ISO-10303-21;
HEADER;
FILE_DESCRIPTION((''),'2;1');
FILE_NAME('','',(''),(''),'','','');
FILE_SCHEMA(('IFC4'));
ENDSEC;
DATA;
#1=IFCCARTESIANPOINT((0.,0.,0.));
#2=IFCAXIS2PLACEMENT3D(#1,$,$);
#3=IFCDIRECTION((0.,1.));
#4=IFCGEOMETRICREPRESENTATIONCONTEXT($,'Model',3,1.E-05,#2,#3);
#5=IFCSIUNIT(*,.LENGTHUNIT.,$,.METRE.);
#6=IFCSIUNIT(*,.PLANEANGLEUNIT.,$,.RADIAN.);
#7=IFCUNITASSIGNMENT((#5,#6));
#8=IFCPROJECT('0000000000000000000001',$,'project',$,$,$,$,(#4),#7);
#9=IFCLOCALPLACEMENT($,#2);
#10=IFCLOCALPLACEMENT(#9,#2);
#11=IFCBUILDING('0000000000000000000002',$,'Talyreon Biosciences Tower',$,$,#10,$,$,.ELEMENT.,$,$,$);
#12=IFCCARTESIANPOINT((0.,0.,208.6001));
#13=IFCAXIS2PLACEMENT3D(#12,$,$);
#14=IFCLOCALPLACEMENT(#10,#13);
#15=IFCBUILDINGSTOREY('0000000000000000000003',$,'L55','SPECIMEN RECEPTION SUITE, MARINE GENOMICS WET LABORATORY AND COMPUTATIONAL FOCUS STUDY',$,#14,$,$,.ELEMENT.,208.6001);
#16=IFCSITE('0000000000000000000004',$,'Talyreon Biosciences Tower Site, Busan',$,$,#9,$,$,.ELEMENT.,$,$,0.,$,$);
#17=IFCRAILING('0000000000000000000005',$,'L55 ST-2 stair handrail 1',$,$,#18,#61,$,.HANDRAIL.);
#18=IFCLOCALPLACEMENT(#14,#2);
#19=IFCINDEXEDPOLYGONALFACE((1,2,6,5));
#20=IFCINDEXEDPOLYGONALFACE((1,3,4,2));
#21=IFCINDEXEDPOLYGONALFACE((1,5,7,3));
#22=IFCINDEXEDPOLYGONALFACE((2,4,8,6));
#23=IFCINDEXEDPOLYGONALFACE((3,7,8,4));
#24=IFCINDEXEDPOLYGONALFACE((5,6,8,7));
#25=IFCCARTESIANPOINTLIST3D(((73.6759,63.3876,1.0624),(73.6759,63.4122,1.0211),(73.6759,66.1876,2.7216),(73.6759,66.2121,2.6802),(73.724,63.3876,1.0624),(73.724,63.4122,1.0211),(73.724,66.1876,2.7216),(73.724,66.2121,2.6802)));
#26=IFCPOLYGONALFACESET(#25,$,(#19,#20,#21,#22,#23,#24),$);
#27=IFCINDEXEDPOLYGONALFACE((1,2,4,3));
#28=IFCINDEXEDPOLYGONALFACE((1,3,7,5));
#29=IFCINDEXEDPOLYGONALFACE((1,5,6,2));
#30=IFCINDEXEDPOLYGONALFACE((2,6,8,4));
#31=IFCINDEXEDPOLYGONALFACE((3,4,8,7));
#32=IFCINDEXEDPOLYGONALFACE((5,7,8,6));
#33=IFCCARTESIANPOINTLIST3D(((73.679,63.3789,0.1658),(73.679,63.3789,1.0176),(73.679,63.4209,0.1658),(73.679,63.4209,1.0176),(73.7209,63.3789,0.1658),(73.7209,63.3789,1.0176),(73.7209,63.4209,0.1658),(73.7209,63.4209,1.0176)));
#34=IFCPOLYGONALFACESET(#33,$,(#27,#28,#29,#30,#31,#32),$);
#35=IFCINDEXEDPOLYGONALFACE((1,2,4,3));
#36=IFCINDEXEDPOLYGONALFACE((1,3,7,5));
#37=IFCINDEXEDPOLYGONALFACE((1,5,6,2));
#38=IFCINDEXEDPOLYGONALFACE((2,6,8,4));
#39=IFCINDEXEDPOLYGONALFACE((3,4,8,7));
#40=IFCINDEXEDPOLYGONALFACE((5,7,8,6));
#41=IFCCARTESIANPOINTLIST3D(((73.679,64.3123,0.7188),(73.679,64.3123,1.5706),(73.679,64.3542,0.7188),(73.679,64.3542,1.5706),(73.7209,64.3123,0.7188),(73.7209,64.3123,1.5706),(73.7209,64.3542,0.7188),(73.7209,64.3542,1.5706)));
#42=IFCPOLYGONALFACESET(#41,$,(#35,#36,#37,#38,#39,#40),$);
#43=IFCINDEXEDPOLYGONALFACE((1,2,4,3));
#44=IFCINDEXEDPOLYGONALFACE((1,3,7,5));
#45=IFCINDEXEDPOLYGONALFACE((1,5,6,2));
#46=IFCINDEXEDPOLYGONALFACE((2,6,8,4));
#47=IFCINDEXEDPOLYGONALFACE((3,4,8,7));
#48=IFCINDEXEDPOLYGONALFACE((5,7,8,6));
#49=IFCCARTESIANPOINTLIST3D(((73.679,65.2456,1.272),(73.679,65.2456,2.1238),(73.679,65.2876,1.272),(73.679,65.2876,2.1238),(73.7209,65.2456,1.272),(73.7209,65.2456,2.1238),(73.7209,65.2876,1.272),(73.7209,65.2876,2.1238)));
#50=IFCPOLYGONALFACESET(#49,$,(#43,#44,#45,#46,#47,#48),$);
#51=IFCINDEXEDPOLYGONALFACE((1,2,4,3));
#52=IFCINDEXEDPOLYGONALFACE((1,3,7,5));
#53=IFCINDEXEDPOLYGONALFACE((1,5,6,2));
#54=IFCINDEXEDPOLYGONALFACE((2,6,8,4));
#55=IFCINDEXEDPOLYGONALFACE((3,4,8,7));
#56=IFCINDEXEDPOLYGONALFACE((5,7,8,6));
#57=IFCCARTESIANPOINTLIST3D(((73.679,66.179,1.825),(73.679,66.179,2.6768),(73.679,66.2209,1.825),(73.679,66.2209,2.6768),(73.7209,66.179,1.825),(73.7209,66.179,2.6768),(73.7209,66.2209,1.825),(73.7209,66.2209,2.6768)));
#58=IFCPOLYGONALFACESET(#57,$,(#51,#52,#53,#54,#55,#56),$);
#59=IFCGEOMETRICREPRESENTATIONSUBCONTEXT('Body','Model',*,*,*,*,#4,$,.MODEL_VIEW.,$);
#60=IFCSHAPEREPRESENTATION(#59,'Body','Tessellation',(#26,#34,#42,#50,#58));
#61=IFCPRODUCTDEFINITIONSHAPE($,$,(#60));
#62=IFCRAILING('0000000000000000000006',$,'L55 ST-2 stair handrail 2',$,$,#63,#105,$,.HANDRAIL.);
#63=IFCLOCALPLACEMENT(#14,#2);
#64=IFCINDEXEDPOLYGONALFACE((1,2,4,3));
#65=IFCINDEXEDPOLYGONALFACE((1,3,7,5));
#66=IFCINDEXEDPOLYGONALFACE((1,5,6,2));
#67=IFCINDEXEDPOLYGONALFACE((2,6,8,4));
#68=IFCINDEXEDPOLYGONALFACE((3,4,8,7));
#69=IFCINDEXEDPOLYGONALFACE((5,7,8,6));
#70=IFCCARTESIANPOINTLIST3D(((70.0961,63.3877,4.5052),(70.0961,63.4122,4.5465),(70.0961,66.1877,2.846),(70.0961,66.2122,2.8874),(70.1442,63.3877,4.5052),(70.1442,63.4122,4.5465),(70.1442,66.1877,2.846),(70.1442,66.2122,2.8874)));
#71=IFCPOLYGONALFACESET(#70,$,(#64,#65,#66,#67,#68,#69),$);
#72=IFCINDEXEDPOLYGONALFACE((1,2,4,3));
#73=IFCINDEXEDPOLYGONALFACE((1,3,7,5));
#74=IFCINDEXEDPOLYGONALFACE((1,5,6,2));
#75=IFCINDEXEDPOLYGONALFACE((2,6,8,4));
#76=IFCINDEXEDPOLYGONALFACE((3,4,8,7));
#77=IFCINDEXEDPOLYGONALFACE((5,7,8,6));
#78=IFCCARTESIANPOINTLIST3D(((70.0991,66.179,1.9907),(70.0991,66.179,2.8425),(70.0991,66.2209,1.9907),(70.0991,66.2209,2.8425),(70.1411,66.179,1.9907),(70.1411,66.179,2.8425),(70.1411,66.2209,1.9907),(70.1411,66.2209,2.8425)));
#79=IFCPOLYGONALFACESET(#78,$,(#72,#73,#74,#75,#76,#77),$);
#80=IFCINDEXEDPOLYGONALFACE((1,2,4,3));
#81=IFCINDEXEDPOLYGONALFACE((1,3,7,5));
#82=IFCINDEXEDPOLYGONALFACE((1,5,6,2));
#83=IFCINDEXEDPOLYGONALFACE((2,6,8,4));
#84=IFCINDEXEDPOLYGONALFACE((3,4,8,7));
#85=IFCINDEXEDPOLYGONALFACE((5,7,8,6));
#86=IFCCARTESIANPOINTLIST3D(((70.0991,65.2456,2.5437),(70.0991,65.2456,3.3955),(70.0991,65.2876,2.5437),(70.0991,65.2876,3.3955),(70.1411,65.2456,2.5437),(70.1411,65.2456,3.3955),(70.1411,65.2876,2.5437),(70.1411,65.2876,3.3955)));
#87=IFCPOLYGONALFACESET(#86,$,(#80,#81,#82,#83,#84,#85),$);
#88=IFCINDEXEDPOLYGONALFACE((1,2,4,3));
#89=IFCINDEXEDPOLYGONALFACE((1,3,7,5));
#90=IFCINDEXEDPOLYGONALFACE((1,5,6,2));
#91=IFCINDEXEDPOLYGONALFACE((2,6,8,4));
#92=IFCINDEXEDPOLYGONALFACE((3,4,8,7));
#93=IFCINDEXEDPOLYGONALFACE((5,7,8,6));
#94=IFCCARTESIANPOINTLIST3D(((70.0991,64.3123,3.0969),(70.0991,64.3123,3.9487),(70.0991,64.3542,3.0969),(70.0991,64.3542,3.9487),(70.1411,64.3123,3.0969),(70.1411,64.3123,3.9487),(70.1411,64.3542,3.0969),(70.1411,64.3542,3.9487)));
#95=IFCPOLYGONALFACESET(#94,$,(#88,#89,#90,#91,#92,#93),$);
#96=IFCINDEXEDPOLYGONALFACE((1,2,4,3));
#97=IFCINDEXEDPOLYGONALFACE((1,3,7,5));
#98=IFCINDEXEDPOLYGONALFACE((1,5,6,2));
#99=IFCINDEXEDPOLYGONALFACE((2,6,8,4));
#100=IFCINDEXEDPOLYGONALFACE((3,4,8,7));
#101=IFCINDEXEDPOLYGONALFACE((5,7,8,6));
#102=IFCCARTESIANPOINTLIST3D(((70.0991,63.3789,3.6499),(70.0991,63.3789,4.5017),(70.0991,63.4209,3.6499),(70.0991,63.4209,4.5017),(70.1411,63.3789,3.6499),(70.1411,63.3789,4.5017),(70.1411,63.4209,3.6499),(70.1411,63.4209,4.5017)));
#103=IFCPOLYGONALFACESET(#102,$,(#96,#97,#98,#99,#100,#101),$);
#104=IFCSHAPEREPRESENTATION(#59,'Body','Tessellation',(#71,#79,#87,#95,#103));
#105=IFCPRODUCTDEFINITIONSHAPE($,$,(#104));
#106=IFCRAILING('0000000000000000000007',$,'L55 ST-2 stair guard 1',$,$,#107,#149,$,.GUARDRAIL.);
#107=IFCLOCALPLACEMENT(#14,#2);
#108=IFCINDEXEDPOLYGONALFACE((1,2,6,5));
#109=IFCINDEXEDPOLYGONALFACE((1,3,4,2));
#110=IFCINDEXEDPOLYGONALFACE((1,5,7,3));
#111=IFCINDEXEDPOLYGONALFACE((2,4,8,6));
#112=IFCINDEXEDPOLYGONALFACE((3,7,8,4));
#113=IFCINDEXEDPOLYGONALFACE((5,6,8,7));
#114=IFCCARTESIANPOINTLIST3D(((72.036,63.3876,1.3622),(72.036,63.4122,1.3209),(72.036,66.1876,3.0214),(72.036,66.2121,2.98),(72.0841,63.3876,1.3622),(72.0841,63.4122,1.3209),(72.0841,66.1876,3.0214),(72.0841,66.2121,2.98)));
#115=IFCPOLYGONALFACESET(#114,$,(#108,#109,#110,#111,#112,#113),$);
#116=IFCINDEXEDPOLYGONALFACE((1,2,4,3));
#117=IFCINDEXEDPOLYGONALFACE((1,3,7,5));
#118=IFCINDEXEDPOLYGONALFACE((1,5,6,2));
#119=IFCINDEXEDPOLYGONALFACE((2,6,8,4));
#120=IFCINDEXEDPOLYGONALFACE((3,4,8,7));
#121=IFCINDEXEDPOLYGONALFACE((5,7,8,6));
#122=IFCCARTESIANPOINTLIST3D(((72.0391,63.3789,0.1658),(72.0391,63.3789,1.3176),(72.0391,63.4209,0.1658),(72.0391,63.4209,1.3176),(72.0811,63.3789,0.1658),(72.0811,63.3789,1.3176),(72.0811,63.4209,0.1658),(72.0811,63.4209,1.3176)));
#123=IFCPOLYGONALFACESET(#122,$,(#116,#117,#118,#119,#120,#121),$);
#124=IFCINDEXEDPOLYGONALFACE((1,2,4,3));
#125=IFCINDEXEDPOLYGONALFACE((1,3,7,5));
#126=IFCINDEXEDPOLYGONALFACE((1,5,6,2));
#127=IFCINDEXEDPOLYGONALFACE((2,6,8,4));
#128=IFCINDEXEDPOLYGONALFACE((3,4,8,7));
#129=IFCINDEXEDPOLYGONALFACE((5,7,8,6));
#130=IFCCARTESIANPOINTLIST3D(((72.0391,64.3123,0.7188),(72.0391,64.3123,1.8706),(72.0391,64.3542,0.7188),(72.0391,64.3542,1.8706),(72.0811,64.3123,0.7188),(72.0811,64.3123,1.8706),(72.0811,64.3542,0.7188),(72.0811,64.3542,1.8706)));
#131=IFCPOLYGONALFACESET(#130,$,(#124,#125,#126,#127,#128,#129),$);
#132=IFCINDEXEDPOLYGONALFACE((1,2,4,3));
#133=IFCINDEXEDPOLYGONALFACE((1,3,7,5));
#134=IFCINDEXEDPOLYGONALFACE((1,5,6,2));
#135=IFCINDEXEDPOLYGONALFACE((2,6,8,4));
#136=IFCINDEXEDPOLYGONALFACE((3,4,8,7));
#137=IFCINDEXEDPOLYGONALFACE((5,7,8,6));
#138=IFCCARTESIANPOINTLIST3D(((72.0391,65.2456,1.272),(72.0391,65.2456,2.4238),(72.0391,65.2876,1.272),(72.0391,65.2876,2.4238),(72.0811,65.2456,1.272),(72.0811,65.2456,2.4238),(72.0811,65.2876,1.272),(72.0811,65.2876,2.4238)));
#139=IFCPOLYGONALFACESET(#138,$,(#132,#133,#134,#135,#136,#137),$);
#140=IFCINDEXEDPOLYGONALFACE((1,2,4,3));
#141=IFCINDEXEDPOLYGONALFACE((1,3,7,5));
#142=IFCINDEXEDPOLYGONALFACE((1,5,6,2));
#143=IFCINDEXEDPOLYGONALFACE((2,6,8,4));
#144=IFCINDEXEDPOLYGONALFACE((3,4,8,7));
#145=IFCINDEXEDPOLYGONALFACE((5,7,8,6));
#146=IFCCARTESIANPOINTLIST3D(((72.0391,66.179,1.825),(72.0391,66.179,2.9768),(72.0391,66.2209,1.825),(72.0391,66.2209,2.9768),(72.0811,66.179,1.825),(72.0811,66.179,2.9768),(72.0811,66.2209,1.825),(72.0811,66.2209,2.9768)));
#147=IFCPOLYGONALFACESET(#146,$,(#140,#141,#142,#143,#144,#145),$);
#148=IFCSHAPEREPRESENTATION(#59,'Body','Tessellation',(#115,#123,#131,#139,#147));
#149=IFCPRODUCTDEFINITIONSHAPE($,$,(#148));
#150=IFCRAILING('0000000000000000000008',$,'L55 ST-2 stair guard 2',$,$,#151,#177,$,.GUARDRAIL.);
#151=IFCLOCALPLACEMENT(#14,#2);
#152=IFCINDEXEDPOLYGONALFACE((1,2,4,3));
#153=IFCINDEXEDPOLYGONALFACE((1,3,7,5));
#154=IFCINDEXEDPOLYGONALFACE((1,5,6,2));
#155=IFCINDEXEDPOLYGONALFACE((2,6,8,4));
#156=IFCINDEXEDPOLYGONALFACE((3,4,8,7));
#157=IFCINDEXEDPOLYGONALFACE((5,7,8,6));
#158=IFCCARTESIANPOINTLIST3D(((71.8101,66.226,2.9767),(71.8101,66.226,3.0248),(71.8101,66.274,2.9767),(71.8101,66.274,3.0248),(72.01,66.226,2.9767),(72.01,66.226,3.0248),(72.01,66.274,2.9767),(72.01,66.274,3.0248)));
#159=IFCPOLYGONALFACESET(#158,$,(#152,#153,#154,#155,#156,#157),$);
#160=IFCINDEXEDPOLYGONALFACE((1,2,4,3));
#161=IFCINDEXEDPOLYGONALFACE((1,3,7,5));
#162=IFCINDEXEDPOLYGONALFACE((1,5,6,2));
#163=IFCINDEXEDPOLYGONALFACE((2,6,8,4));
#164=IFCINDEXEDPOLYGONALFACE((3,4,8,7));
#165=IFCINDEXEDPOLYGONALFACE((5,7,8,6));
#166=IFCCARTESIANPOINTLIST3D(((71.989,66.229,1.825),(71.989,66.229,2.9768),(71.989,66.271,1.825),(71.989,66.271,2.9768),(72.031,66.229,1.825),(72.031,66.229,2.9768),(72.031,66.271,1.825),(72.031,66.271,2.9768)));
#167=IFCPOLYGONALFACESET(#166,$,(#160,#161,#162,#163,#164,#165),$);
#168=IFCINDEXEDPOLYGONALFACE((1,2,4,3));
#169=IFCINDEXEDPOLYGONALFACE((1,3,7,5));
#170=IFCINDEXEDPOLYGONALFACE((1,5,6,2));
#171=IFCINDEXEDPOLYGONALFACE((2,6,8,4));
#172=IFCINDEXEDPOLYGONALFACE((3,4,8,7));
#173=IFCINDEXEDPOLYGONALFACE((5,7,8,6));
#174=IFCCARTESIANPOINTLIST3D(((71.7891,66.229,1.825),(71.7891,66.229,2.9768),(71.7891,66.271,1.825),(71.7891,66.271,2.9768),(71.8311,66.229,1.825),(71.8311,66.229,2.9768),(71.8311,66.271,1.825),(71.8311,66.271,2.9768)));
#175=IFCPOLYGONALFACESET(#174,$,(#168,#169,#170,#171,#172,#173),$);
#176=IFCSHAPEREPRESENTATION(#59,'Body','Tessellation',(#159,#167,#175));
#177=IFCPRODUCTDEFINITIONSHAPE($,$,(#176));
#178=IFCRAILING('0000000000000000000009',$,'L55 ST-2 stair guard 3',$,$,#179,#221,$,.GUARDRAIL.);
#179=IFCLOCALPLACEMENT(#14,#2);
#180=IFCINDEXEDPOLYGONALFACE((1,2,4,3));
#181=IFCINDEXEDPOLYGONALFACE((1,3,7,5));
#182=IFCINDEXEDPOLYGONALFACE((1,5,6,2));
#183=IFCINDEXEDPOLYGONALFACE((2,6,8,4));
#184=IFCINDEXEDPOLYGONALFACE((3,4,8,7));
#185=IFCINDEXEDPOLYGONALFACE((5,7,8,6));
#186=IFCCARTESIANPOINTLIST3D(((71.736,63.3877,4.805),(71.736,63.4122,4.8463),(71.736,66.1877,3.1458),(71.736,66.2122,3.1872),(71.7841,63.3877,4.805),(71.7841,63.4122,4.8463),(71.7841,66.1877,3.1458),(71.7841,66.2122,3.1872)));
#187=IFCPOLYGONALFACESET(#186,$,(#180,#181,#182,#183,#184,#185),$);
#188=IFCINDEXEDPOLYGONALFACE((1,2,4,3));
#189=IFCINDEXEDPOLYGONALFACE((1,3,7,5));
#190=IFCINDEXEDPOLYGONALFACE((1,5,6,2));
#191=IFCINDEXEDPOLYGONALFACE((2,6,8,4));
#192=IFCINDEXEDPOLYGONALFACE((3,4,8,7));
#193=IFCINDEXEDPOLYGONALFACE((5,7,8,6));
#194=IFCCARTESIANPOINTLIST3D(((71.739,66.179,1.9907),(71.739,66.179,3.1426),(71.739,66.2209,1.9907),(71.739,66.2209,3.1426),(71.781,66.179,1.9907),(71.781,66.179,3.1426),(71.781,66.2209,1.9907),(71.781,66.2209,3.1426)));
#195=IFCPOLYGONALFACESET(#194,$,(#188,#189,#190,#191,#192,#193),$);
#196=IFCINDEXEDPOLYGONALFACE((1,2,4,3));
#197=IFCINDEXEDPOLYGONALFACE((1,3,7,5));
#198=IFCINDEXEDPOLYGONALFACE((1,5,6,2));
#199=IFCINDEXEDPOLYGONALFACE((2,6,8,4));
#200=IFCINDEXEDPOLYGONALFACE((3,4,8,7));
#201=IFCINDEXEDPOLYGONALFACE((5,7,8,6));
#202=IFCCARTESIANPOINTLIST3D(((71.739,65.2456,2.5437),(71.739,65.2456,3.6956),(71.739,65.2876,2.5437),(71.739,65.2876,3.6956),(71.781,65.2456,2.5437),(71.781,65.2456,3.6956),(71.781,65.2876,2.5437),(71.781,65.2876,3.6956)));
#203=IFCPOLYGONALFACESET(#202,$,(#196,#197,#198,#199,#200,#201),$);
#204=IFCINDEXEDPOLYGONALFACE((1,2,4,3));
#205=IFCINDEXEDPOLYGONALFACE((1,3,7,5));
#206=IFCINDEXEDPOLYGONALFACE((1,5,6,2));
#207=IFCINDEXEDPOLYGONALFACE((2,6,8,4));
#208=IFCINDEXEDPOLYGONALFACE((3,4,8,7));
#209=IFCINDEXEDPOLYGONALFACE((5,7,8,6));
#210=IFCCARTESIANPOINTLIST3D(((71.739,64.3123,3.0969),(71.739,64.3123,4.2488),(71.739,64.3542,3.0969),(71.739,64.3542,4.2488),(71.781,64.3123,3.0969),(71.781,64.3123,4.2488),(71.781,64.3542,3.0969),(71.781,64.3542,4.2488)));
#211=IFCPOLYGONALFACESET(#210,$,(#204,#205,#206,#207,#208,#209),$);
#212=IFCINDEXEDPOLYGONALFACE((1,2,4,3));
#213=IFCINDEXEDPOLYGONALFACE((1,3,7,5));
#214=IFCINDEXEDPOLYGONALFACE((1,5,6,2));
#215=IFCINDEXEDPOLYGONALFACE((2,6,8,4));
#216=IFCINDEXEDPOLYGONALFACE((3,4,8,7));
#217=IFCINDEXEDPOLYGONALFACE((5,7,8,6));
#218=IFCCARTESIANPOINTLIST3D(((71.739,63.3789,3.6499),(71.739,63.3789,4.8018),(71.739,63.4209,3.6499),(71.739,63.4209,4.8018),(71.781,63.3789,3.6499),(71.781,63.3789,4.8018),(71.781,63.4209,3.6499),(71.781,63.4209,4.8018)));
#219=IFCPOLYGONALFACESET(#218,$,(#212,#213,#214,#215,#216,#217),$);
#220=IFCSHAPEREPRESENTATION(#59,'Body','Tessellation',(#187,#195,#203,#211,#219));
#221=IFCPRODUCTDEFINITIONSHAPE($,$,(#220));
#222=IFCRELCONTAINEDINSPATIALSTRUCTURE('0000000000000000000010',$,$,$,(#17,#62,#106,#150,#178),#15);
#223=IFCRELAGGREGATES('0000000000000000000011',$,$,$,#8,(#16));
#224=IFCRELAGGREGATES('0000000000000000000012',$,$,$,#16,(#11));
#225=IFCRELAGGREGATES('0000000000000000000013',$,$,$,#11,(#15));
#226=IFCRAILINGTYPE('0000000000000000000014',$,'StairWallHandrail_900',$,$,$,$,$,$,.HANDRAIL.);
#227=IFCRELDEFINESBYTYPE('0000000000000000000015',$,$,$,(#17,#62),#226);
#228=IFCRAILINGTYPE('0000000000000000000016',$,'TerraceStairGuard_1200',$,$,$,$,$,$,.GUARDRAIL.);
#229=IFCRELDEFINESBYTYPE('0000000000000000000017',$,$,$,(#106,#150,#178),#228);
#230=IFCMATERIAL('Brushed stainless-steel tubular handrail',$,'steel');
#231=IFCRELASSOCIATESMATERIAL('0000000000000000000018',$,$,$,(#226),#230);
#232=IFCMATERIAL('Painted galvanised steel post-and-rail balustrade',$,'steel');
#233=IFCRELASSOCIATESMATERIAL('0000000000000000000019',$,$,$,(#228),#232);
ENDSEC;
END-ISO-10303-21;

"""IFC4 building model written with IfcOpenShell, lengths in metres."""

from ifc_helpers import new_model, si_unit, direction, frame, origin, origin_2d, place, context, subcontext, project, spatial, rectangle, extrude, material, type_object, element, save


model = new_model("IFC4")

# Units and contexts
model_context = context("Model", 3, precision=1e-05, world=origin(), true_north=direction((0.0, 1.0)))
body_context = subcontext(model_context, "Body", "Model", "MODEL_VIEW")
ifc_project = project(units=[si_unit("LENGTHUNIT", "METRE"), si_unit("PLANEANGLEUNIT", "RADIAN")], contexts=[model_context])

# Site, building, storey
site_placement = place(None, origin())
site = spatial("IfcSite", under=ifc_project, at=site_placement, Name="Talyreon Biosciences Tower Site, Busan", CompositionType="ELEMENT", RefElevation=0.0)
building_placement = place(site_placement, origin())
building = spatial("IfcBuilding", under=site, at=building_placement, Name="Talyreon Biosciences Tower", CompositionType="ELEMENT")
storey_placement = place(building_placement, frame((0.0, 0.0, 208.6001)))
storey = spatial("IfcBuildingStorey", under=building, at=storey_placement, Name="L55", Description="SPECIMEN RECEPTION SUITE, MARINE GENOMICS WET LABORATORY AND COMPUTATIONAL FOCUS STUDY", CompositionType="ELEMENT", Elevation=208.6001)

# Railings
ifc_material_1 = material(Name="Brushed stainless-steel tubular handrail", Category="steel")
railing_type_1 = type_object("IfcRailingType", Name="StairWallHandrail_900", PredefinedType="HANDRAIL", material=ifc_material_1)
railing_1_placement = place(storey_placement, frame((73.7, 63.3999, 0.1658)))
element("IfcRailing", 1, at=railing_1_placement, inside=storey, type_object=railing_type_1, Name="L55 ST-2 stair handrail 1", PredefinedType="HANDRAIL", context=body_context, shape_type="SweptSolid", body=[
    extrude(rectangle(XDim=0.0481, YDim=0.0481, at=origin_2d()), frame((0.0, 0.0, 0.876), z_axis=(0.0, 0.860306, 0.509778), x_axis=(-1.0, 0.0, 0.0)), (0.0, 0.0, 1.0), 3.2546),
    extrude(rectangle(XDim=0.042, YDim=0.042, at=origin_2d()), origin(), (0.0, 0.0, 1.0), 0.8518),
    extrude(rectangle(XDim=0.042, YDim=0.042, at=origin_2d()), frame((0.0, 0.9333, 0.553)), (0.0, 0.0, 1.0), 0.8518),
    extrude(rectangle(XDim=0.042, YDim=0.042, at=origin_2d()), frame((0.0, 1.8667, 1.1062)), (0.0, 0.0, 1.0), 0.8518),
    extrude(rectangle(XDim=0.042, YDim=0.042, at=origin_2d()), frame((0.0, 2.8, 1.6592)), (0.0, 0.0, 1.0), 0.8518),
])
railing_2_placement = place(storey_placement, frame((70.1201, 66.2, 1.9907)))
element("IfcRailing", 2, at=railing_2_placement, inside=storey, type_object=railing_type_1, Name="L55 ST-2 stair handrail 2", PredefinedType="HANDRAIL", context=body_context, shape_type="SweptSolid", body=[
    extrude(rectangle(XDim=0.0481, YDim=0.0481, at=origin_2d()), frame((0.0, 0.0, 0.876), z_axis=(0.0, -0.860306, 0.509778), x_axis=(1.0, 0.0, 0.0)), (0.0, 0.0, 1.0), 3.2546),
    extrude(rectangle(XDim=0.042, YDim=0.042, at=origin_2d()), origin(), (0.0, 0.0, 1.0), 0.8518),
    extrude(rectangle(XDim=0.042, YDim=0.042, at=origin_2d()), frame((0.0, -0.9333, 0.553)), (0.0, 0.0, 1.0), 0.8518),
    extrude(rectangle(XDim=0.042, YDim=0.042, at=origin_2d()), frame((0.0, -1.8667, 1.1062)), (0.0, 0.0, 1.0), 0.8518),
    extrude(rectangle(XDim=0.042, YDim=0.042, at=origin_2d()), frame((0.0, -2.8, 1.6592)), (0.0, 0.0, 1.0), 0.8518),
])
ifc_material_2 = material(Name="Painted galvanised steel post-and-rail balustrade", Category="steel")
railing_type_2 = type_object("IfcRailingType", Name="TerraceStairGuard_1200", PredefinedType="GUARDRAIL", material=ifc_material_2)
railing_3_placement = place(storey_placement, frame((72.0601, 63.3999, 0.1658)))
element("IfcRailing", 3, at=railing_3_placement, inside=storey, type_object=railing_type_2, Name="L55 ST-2 stair guard 1", PredefinedType="GUARDRAIL", context=body_context, shape_type="SweptSolid", body=[
    extrude(rectangle(XDim=0.0481, YDim=0.0481, at=origin_2d()), frame((0.0, 0.0, 1.1758), z_axis=(0.0, 0.860306, 0.509778), x_axis=(-1.0, 0.0, 0.0)), (0.0, 0.0, 1.0), 3.2546),
    extrude(rectangle(XDim=0.042, YDim=0.042, at=origin_2d()), origin(), (0.0, 0.0, 1.0), 1.1519),
    extrude(rectangle(XDim=0.042, YDim=0.042, at=origin_2d()), frame((0.0, 0.9333, 0.553)), (0.0, 0.0, 1.0), 1.1519),
    extrude(rectangle(XDim=0.042, YDim=0.042, at=origin_2d()), frame((0.0, 1.8667, 1.1062)), (0.0, 0.0, 1.0), 1.1519),
    extrude(rectangle(XDim=0.042, YDim=0.042, at=origin_2d()), frame((0.0, 2.8, 1.6592)), (0.0, 0.0, 1.0), 1.1519),
])
railing_4_placement = place(storey_placement, frame((72.01, 66.25, 1.825)))
element("IfcRailing", 4, at=railing_4_placement, inside=storey, type_object=railing_type_2, Name="L55 ST-2 stair guard 2", PredefinedType="GUARDRAIL", context=body_context, shape_type="SweptSolid", body=[
    extrude(rectangle(XDim=0.0481, YDim=0.0481, at=origin_2d()), frame((0.0, 0.0, 1.1758), z_axis=(-1.0, 0.0, 0.0), x_axis=(0.0, -1.0, 0.0)), (0.0, 0.0, 1.0), 0.2),
    extrude(rectangle(XDim=0.042, YDim=0.042, at=origin_2d()), origin(), (0.0, 0.0, 1.0), 1.1519),
    extrude(rectangle(XDim=0.042, YDim=0.042, at=origin_2d()), frame((-0.2, 0.0, 0.0)), (0.0, 0.0, 1.0), 1.1519),
])
railing_5_placement = place(storey_placement, frame((71.76, 66.2, 1.9907)))
element("IfcRailing", 5, at=railing_5_placement, inside=storey, type_object=railing_type_2, Name="L55 ST-2 stair guard 3", PredefinedType="GUARDRAIL", context=body_context, shape_type="SweptSolid", body=[
    extrude(rectangle(XDim=0.0481, YDim=0.0481, at=origin_2d()), frame((0.0, 0.0, 1.1758), z_axis=(0.0, -0.860306, 0.509778), x_axis=(1.0, 0.0, 0.0)), (0.0, 0.0, 1.0), 3.2546),
    extrude(rectangle(XDim=0.042, YDim=0.042, at=origin_2d()), origin(), (0.0, 0.0, 1.0), 1.1519),
    extrude(rectangle(XDim=0.042, YDim=0.042, at=origin_2d()), frame((0.0, -0.9333, 0.553)), (0.0, 0.0, 1.0), 1.1519),
    extrude(rectangle(XDim=0.042, YDim=0.042, at=origin_2d()), frame((0.0, -1.8667, 1.1062)), (0.0, 0.0, 1.0), 1.1519),
    extrude(rectangle(XDim=0.042, YDim=0.042, at=origin_2d()), frame((0.0, -2.8, 1.6592)), (0.0, 0.0, 1.0), 1.1519),
])

save(model, "model.ifc")
